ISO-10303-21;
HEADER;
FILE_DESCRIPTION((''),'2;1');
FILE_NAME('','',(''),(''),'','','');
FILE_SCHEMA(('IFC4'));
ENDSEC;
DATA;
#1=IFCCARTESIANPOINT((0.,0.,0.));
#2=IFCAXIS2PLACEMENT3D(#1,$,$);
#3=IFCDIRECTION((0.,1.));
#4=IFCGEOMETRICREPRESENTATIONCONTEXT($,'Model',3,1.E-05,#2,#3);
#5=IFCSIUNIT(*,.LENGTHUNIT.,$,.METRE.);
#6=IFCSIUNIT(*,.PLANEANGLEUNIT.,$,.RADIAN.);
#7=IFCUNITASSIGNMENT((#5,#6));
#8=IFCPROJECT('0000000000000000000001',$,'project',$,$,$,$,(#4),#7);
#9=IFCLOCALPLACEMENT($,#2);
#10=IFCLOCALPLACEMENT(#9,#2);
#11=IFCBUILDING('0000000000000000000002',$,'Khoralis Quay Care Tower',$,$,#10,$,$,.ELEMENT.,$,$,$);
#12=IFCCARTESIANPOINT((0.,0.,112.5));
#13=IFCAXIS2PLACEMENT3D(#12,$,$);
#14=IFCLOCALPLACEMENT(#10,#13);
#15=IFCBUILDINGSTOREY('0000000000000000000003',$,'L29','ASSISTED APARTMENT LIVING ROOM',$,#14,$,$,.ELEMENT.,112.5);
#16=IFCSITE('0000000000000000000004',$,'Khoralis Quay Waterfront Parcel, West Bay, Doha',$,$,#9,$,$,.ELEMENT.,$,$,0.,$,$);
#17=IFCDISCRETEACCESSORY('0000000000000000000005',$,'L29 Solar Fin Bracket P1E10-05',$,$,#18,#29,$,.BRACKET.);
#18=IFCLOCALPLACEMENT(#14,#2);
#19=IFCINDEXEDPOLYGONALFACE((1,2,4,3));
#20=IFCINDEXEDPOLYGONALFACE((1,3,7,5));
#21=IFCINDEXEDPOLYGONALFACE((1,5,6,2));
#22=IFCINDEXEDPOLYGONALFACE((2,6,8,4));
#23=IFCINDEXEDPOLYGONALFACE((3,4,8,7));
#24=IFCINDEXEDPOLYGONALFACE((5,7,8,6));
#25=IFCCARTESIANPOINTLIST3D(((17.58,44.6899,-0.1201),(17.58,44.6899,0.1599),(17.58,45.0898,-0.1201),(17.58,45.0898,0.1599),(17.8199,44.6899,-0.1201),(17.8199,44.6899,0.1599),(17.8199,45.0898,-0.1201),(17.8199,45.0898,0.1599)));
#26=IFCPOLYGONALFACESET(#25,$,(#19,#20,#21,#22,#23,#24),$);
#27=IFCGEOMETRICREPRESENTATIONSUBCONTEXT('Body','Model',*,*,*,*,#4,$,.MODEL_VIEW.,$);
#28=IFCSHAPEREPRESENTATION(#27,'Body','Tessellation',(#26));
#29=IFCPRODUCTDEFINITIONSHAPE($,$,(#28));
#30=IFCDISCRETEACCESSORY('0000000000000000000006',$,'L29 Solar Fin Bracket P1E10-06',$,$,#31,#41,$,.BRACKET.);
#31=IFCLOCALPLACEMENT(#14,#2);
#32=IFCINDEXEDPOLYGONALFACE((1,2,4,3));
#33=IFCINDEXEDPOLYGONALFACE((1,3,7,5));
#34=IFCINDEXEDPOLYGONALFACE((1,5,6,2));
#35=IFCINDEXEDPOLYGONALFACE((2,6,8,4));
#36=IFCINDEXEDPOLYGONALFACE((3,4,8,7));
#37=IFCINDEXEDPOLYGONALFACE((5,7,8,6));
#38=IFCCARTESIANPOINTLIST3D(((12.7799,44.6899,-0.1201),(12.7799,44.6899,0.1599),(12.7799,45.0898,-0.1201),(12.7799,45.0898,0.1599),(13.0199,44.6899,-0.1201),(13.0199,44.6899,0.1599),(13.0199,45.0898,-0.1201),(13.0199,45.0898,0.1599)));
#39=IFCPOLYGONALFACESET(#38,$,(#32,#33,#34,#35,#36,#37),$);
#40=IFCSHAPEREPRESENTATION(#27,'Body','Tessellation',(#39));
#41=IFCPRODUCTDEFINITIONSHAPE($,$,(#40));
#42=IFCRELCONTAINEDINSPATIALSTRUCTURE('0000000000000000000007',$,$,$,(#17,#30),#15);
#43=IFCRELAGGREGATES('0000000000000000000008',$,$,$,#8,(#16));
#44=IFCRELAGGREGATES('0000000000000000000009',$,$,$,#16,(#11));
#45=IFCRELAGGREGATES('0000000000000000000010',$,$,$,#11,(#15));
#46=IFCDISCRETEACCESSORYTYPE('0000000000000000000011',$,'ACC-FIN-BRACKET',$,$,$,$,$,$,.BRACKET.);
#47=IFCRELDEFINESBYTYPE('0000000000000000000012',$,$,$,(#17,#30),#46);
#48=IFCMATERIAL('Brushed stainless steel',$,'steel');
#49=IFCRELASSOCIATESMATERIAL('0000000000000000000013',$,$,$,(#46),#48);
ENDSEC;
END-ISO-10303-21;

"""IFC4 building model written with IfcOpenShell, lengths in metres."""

from ifc_helpers import new_model, si_unit, direction, frame, origin, origin_2d, place, context, subcontext, project, spatial, rectangle, extrude, source, transform, mapped, material, type_object, element, save


model = new_model("IFC4")

# Units and contexts
model_context = context("Model", 3, precision=1e-05, world=origin(), true_north=direction((0.0, 1.0)))
body_context = subcontext(model_context, "Body", "Model", "MODEL_VIEW")
ifc_project = project(units=[si_unit("LENGTHUNIT", "METRE"), si_unit("PLANEANGLEUNIT", "RADIAN")], contexts=[model_context])

# Site, building, storey
site_placement = place(None, origin())
site = spatial("IfcSite", under=ifc_project, at=site_placement, Name="Khoralis Quay Waterfront Parcel, West Bay, Doha", CompositionType="ELEMENT", RefElevation=0.0)
building_placement = place(site_placement, origin())
building = spatial("IfcBuilding", under=site, at=building_placement, Name="Khoralis Quay Care Tower", CompositionType="ELEMENT")
storey_placement = place(building_placement, frame((0.0, 0.0, 112.5)))
storey = spatial("IfcBuildingStorey", under=building, at=storey_placement, Name="L29", Description="ASSISTED APARTMENT LIVING ROOM", CompositionType="ELEMENT", Elevation=112.5)

# Discrete accessories
ifc_material_1 = material(Name="Brushed stainless steel", Category="steel")
discrete_accessory_type = type_object("IfcDiscreteAccessoryType", Name="ACC-FIN-BRACKET", PredefinedType="BRACKET", material=ifc_material_1)
shared_shape_1 = source(origin(), body_context, "Body", "SweptSolid", [
    extrude(rectangle(XDim=0.3999, YDim=0.24, at=origin_2d()), origin(), (0.0, 0.0, 1.0), 0.28),
])
for number, where, z_axis, x_axis, name in (
    (1, (17.7, 44.8899, -0.1201), (0.0, 0.0, 1.0), (0.0, 1.0, 0.0), "L29 Solar Fin Bracket P1E10-05"),
    (2, (12.8999, 44.8899, -0.1201), (0.0, 0.0, 1.0), (0.0, 1.0, 0.0), "L29 Solar Fin Bracket P1E10-06"),
):
    element("IfcDiscreteAccessory", number, at=place(storey_placement, frame(where, z_axis=z_axis, x_axis=x_axis)), inside=storey, type_object=discrete_accessory_type, Name=name, PredefinedType="BRACKET", context=body_context, shape_type="MappedRepresentation", body=[
        mapped(shared_shape_1, transform((0.0, 0.0, 0.0), scale=1.0)),
    ])

save(model, "model.ifc")
